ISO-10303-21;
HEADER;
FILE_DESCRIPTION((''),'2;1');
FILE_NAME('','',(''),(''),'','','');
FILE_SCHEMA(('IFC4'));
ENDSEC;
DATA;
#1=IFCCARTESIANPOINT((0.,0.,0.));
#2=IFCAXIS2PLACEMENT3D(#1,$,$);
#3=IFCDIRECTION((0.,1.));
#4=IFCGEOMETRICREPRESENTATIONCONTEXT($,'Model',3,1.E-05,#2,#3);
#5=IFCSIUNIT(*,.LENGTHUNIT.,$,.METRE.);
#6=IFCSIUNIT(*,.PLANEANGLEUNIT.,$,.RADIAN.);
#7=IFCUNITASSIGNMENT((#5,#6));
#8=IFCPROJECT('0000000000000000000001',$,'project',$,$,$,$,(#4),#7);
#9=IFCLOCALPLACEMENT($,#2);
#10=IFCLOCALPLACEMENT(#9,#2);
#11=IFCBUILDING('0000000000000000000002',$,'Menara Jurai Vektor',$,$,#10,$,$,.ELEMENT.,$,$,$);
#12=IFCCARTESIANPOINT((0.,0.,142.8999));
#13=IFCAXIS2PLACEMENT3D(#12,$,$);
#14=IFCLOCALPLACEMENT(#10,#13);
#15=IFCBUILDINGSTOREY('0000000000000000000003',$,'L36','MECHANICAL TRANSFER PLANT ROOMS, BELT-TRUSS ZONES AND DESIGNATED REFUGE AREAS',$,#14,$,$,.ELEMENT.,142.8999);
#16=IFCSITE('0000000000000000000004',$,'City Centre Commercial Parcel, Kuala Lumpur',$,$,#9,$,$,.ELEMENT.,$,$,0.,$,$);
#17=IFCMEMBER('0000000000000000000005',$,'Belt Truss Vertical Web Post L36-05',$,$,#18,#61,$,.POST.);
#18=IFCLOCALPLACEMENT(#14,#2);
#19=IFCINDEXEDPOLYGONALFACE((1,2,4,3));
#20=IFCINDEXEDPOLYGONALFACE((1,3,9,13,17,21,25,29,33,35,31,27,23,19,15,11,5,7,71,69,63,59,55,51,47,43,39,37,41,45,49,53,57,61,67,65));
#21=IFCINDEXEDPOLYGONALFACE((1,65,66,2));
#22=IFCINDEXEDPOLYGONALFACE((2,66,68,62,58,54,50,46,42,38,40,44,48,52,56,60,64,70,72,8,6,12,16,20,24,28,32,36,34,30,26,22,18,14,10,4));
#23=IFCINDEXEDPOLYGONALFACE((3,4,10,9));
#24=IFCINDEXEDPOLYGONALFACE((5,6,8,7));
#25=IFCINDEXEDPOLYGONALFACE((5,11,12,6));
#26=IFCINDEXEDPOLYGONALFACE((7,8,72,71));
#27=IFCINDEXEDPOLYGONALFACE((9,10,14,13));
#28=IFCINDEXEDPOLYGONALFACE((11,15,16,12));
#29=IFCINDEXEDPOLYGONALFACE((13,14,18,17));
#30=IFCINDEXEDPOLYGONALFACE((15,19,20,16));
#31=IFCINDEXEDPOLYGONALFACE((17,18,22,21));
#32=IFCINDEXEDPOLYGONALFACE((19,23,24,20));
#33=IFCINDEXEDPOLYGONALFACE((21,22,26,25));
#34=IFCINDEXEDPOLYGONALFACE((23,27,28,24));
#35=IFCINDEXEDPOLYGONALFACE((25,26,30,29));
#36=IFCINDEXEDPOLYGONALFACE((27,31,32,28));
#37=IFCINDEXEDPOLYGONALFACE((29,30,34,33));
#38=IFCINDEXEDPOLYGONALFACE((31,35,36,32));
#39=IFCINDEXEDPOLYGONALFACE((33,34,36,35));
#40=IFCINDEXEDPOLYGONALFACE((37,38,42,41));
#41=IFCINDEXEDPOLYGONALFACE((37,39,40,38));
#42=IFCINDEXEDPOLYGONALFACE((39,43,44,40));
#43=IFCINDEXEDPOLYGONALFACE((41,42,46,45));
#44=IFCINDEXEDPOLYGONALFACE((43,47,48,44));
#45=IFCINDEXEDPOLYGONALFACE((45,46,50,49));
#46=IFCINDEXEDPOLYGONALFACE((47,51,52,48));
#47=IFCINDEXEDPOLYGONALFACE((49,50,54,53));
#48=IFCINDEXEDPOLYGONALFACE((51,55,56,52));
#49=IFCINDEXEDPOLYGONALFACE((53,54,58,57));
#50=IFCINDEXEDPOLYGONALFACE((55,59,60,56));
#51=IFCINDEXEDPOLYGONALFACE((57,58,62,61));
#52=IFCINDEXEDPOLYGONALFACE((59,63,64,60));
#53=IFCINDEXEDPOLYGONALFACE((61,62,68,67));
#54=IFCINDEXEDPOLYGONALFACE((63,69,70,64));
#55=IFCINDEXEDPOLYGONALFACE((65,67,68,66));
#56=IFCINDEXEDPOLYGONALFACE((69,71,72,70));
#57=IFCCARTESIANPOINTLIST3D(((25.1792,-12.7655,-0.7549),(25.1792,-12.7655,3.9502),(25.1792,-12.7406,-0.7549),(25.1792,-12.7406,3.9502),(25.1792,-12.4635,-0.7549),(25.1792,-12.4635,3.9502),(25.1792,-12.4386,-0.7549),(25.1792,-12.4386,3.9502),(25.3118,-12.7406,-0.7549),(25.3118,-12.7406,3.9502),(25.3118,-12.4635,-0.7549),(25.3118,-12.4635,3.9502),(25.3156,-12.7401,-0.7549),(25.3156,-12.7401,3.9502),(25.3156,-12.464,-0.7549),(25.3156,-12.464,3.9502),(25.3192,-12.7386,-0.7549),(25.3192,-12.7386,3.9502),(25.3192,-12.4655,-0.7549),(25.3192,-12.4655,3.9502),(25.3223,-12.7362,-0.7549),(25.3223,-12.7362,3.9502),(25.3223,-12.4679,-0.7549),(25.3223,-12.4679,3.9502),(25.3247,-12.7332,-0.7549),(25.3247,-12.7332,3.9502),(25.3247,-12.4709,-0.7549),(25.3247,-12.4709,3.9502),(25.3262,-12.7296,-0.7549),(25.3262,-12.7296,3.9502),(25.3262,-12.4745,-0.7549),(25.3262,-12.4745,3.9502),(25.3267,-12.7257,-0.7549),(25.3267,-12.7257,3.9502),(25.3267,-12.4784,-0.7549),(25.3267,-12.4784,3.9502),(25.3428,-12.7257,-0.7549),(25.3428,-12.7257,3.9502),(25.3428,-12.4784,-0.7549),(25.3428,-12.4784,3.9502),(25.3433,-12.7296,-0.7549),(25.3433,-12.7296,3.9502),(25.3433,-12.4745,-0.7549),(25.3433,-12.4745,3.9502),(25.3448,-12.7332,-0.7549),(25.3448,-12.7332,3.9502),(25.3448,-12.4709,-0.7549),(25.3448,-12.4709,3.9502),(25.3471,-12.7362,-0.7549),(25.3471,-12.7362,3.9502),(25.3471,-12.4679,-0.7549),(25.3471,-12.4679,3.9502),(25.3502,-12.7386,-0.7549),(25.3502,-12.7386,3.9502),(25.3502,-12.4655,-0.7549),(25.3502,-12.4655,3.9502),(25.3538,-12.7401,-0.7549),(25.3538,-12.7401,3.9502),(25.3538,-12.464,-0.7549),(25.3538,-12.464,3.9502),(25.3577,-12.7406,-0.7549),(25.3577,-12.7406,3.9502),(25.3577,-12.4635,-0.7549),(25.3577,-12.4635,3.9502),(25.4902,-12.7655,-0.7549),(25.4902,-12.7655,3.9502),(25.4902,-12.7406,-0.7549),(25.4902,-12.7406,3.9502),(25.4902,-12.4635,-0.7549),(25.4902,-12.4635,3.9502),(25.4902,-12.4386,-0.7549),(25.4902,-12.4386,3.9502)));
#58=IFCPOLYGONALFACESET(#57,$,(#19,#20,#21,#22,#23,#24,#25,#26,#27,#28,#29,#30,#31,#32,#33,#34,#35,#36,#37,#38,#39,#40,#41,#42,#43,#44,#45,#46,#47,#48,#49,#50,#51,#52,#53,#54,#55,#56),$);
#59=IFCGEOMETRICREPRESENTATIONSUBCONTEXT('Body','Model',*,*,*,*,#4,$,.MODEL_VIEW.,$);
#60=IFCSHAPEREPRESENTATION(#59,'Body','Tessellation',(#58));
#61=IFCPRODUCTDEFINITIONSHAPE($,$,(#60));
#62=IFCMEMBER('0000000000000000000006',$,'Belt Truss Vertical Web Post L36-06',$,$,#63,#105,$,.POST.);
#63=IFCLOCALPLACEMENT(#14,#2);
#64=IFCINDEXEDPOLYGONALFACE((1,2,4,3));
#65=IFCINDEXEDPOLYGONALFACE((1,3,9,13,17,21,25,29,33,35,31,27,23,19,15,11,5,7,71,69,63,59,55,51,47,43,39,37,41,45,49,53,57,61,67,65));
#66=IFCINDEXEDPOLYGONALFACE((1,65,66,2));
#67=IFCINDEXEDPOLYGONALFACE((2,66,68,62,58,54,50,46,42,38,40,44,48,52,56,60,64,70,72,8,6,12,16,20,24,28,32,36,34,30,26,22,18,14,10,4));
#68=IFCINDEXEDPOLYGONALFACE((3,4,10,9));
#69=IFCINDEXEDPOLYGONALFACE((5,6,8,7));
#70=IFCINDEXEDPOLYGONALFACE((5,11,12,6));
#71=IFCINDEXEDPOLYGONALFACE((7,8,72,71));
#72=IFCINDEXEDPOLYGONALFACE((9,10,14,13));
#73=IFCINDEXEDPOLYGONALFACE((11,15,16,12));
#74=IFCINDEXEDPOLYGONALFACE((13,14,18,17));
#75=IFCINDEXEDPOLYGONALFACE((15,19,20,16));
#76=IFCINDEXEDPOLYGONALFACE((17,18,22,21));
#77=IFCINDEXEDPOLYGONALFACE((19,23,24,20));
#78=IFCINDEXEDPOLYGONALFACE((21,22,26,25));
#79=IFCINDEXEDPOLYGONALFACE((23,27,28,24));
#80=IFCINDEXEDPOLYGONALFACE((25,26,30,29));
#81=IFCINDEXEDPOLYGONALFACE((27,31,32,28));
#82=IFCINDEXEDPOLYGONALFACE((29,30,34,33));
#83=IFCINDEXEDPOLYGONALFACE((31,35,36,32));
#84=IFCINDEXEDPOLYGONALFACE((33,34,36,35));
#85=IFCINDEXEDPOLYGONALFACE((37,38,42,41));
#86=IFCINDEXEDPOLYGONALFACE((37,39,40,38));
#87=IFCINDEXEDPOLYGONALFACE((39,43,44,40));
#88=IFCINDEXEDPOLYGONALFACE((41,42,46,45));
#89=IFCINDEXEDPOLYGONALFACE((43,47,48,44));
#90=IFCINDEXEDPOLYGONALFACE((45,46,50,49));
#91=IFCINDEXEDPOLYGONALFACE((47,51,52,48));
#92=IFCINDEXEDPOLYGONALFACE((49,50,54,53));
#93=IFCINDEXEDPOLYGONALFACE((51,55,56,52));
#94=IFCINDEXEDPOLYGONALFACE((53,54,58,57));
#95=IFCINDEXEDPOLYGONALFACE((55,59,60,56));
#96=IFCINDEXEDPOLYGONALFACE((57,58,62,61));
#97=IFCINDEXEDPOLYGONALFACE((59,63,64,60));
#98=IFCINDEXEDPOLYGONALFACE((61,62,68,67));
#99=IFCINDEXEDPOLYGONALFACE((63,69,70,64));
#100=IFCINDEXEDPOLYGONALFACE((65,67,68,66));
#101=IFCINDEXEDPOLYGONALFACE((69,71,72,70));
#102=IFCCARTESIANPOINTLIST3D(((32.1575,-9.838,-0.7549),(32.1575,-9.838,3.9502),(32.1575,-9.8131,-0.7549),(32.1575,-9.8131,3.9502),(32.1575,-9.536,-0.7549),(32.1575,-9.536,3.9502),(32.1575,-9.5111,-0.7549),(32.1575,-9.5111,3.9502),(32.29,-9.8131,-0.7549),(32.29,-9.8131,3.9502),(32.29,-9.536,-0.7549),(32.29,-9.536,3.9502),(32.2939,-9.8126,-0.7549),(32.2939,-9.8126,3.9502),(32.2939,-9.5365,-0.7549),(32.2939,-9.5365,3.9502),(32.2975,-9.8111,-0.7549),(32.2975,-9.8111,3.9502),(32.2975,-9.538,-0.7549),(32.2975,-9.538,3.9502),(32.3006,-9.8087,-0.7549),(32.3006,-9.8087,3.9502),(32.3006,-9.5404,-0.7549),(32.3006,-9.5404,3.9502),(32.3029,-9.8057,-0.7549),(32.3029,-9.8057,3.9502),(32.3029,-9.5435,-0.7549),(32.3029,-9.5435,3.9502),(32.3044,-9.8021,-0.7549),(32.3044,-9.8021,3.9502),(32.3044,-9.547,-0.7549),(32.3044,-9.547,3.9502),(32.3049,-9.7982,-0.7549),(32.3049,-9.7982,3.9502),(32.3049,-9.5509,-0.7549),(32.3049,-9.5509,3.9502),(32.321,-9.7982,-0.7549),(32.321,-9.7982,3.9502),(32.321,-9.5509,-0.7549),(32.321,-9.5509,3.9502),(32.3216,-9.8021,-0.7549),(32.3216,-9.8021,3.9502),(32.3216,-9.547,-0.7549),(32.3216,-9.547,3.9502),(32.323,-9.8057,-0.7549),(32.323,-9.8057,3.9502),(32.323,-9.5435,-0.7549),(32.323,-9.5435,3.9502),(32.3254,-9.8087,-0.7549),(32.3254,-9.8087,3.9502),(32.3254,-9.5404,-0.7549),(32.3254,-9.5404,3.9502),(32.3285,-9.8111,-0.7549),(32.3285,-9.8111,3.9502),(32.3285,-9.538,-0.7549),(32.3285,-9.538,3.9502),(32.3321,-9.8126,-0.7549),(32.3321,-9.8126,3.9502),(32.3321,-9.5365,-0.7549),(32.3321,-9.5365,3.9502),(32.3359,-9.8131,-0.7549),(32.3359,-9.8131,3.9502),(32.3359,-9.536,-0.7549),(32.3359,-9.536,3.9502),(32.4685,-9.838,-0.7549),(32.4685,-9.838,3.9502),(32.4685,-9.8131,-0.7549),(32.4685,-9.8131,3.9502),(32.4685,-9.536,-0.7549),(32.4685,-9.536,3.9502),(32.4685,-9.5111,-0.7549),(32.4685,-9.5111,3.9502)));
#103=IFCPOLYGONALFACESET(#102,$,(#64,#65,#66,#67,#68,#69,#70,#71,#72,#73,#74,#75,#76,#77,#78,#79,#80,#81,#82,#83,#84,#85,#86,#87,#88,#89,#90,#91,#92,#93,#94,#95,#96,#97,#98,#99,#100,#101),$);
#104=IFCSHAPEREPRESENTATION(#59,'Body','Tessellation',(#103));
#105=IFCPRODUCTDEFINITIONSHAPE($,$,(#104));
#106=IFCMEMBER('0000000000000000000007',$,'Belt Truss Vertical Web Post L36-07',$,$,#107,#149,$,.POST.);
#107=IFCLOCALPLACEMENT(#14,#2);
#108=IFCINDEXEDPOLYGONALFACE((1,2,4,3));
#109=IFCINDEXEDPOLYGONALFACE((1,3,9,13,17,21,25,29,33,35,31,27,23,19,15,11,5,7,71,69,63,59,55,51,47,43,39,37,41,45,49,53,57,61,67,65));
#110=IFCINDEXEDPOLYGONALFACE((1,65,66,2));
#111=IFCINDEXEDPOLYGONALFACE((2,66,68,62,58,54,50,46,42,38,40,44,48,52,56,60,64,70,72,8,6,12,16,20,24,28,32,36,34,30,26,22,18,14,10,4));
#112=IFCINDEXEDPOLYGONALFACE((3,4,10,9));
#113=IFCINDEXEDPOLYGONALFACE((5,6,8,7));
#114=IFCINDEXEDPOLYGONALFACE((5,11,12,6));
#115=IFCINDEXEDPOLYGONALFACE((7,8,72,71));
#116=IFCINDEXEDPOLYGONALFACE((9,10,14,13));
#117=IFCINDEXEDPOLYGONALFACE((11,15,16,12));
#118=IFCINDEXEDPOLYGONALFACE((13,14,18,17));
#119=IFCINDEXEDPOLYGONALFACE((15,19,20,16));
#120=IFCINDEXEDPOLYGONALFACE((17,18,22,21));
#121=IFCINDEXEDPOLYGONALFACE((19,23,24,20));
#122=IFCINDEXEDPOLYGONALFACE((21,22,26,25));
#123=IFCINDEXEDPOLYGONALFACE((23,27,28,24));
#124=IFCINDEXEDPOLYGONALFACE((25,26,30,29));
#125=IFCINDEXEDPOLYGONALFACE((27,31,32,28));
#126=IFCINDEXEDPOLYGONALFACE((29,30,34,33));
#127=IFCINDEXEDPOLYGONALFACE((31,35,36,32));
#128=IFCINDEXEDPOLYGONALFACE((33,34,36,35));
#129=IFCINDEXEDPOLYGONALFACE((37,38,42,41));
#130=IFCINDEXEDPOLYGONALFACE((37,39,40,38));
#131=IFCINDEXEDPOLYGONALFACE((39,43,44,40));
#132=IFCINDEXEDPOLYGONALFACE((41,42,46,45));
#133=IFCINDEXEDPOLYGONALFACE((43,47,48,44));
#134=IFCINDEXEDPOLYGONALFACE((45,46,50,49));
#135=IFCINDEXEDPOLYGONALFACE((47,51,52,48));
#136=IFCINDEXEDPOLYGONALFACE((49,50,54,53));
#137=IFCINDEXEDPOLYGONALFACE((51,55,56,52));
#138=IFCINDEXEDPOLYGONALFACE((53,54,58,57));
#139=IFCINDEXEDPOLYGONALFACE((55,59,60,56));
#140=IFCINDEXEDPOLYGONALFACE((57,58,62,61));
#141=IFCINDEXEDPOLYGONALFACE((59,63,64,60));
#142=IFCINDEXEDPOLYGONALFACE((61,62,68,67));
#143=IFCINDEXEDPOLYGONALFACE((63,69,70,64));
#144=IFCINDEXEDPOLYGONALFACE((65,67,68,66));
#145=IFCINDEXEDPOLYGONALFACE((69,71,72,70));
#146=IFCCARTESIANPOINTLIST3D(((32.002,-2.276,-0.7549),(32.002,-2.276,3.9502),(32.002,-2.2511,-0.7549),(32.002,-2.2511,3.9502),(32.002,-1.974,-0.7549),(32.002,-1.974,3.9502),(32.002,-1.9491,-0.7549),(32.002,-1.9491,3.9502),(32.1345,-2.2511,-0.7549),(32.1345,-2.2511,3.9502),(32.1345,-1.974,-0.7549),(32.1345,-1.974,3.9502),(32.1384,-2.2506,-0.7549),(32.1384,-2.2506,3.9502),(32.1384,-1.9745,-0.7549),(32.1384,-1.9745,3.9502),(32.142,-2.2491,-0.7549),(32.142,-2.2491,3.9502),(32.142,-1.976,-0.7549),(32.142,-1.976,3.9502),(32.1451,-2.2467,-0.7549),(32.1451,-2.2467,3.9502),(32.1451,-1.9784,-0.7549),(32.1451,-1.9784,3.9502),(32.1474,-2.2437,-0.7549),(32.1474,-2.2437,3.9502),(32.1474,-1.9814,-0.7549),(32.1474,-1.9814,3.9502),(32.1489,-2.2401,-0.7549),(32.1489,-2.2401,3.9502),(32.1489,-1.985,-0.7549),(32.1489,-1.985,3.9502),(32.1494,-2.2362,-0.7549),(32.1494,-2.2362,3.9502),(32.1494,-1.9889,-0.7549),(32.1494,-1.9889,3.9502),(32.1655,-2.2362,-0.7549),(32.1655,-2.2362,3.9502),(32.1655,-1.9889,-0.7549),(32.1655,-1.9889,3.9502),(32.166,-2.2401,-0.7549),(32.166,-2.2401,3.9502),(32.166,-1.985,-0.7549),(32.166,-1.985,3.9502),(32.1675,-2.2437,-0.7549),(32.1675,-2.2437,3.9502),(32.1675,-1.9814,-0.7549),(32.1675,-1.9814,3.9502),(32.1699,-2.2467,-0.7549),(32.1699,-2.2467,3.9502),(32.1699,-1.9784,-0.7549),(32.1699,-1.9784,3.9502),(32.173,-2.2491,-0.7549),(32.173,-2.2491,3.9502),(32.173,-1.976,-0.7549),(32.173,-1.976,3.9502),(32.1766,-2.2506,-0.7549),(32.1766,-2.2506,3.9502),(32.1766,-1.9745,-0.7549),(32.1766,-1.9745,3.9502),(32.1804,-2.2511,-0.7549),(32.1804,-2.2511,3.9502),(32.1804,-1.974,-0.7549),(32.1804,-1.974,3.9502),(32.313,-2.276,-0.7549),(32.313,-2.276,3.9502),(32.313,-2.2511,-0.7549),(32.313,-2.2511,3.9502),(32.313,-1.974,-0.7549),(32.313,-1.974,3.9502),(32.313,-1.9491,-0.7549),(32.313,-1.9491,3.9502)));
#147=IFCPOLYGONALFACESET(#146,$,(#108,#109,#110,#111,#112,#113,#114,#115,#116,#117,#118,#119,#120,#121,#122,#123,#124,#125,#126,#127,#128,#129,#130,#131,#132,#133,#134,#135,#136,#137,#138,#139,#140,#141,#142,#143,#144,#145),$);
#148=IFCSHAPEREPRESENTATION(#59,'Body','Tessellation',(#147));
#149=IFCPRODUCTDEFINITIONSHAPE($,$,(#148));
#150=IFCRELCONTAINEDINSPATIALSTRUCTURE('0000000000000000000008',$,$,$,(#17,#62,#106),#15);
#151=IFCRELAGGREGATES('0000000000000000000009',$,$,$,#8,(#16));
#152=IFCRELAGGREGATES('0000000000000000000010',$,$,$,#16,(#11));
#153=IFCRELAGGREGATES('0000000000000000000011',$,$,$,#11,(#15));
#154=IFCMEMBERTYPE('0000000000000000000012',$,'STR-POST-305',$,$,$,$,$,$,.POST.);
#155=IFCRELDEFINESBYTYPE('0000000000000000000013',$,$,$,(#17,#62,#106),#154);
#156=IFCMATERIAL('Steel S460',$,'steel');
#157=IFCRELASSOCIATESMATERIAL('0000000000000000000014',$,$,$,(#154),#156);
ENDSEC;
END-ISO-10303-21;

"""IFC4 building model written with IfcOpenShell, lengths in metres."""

from ifc_helpers import new_model, si_unit, direction, frame, origin, origin_2d, place, context, subcontext, project, spatial, i_section, extrude, material, material_profile, profile_set, type_object, element, save


model = new_model("IFC4")

# Units and contexts
model_context = context("Model", 3, precision=1e-05, world=origin(), true_north=direction((0.0, 1.0)))
body_context = subcontext(model_context, "Body", "Model", "MODEL_VIEW")
ifc_project = project(units=[si_unit("LENGTHUNIT", "METRE"), si_unit("PLANEANGLEUNIT", "RADIAN")], contexts=[model_context])

# Site, building, storey
site_placement = place(None, origin())
site = spatial("IfcSite", under=ifc_project, at=site_placement, Name="City Centre Commercial Parcel, Kuala Lumpur", CompositionType="ELEMENT", RefElevation=0.0)
building_placement = place(site_placement, origin())
building = spatial("IfcBuilding", under=site, at=building_placement, Name="Menara Jurai Vektor", CompositionType="ELEMENT")
storey_placement = place(building_placement, frame((0.0, 0.0, 142.8999)))
storey = spatial("IfcBuildingStorey", under=building, at=storey_placement, Name="L36", Description="MECHANICAL TRANSFER PLANT ROOMS, BELT-TRUSS ZONES AND DESIGNATED REFUGE AREAS", CompositionType="ELEMENT", Elevation=142.8999)

# Shared definitions
ifc_material_1 = material(Name="Steel S460", Category="steel")

# Members
ifc_material_profile_1 = material_profile(ifc_material_1, i_section(OverallWidth=0.311, OverallDepth=0.3269, WebThickness=0.0161, FlangeThickness=0.0249, FilletRadius=0.0149, at=origin_2d()), Name="UKC 305x305x158")
ifc_profile_set_1 = profile_set([ifc_material_profile_1], Name="Steel S460")
member_type_1 = type_object("IfcMemberType", Name="STR-POST-305", PredefinedType="POST", material=ifc_profile_set_1)
for number, where, z_axis, x_axis, name in (
    (1, (25.3347, -12.6021, -0.7549), (0.0, 0.0, 1.0), (1.0, 0.0, 0.0), "Belt Truss Vertical Web Post L36-05"),
    (2, (32.313, -9.6746, -0.7549), (0.0, 0.0, 1.0), (1.0, 0.0, 0.0), "Belt Truss Vertical Web Post L36-06"),
    (3, (32.1575, -2.1125, -0.7549), (0.0, 0.0, 1.0), (1.0, 0.0, 0.0), "Belt Truss Vertical Web Post L36-07"),
):
    element("IfcMember", number, at=place(storey_placement, frame(where, z_axis=z_axis, x_axis=x_axis)), inside=storey, type_object=member_type_1, Name=name, PredefinedType="POST", context=body_context, shape_type="SweptSolid", body=[
        extrude(i_section(OverallWidth=0.311, OverallDepth=0.3269, WebThickness=0.0161, FlangeThickness=0.0249, FilletRadius=0.0149, at=origin_2d()), origin(), (0.0, 0.0, 1.0), 4.7051),
    ])

save(model, "model.ifc")
